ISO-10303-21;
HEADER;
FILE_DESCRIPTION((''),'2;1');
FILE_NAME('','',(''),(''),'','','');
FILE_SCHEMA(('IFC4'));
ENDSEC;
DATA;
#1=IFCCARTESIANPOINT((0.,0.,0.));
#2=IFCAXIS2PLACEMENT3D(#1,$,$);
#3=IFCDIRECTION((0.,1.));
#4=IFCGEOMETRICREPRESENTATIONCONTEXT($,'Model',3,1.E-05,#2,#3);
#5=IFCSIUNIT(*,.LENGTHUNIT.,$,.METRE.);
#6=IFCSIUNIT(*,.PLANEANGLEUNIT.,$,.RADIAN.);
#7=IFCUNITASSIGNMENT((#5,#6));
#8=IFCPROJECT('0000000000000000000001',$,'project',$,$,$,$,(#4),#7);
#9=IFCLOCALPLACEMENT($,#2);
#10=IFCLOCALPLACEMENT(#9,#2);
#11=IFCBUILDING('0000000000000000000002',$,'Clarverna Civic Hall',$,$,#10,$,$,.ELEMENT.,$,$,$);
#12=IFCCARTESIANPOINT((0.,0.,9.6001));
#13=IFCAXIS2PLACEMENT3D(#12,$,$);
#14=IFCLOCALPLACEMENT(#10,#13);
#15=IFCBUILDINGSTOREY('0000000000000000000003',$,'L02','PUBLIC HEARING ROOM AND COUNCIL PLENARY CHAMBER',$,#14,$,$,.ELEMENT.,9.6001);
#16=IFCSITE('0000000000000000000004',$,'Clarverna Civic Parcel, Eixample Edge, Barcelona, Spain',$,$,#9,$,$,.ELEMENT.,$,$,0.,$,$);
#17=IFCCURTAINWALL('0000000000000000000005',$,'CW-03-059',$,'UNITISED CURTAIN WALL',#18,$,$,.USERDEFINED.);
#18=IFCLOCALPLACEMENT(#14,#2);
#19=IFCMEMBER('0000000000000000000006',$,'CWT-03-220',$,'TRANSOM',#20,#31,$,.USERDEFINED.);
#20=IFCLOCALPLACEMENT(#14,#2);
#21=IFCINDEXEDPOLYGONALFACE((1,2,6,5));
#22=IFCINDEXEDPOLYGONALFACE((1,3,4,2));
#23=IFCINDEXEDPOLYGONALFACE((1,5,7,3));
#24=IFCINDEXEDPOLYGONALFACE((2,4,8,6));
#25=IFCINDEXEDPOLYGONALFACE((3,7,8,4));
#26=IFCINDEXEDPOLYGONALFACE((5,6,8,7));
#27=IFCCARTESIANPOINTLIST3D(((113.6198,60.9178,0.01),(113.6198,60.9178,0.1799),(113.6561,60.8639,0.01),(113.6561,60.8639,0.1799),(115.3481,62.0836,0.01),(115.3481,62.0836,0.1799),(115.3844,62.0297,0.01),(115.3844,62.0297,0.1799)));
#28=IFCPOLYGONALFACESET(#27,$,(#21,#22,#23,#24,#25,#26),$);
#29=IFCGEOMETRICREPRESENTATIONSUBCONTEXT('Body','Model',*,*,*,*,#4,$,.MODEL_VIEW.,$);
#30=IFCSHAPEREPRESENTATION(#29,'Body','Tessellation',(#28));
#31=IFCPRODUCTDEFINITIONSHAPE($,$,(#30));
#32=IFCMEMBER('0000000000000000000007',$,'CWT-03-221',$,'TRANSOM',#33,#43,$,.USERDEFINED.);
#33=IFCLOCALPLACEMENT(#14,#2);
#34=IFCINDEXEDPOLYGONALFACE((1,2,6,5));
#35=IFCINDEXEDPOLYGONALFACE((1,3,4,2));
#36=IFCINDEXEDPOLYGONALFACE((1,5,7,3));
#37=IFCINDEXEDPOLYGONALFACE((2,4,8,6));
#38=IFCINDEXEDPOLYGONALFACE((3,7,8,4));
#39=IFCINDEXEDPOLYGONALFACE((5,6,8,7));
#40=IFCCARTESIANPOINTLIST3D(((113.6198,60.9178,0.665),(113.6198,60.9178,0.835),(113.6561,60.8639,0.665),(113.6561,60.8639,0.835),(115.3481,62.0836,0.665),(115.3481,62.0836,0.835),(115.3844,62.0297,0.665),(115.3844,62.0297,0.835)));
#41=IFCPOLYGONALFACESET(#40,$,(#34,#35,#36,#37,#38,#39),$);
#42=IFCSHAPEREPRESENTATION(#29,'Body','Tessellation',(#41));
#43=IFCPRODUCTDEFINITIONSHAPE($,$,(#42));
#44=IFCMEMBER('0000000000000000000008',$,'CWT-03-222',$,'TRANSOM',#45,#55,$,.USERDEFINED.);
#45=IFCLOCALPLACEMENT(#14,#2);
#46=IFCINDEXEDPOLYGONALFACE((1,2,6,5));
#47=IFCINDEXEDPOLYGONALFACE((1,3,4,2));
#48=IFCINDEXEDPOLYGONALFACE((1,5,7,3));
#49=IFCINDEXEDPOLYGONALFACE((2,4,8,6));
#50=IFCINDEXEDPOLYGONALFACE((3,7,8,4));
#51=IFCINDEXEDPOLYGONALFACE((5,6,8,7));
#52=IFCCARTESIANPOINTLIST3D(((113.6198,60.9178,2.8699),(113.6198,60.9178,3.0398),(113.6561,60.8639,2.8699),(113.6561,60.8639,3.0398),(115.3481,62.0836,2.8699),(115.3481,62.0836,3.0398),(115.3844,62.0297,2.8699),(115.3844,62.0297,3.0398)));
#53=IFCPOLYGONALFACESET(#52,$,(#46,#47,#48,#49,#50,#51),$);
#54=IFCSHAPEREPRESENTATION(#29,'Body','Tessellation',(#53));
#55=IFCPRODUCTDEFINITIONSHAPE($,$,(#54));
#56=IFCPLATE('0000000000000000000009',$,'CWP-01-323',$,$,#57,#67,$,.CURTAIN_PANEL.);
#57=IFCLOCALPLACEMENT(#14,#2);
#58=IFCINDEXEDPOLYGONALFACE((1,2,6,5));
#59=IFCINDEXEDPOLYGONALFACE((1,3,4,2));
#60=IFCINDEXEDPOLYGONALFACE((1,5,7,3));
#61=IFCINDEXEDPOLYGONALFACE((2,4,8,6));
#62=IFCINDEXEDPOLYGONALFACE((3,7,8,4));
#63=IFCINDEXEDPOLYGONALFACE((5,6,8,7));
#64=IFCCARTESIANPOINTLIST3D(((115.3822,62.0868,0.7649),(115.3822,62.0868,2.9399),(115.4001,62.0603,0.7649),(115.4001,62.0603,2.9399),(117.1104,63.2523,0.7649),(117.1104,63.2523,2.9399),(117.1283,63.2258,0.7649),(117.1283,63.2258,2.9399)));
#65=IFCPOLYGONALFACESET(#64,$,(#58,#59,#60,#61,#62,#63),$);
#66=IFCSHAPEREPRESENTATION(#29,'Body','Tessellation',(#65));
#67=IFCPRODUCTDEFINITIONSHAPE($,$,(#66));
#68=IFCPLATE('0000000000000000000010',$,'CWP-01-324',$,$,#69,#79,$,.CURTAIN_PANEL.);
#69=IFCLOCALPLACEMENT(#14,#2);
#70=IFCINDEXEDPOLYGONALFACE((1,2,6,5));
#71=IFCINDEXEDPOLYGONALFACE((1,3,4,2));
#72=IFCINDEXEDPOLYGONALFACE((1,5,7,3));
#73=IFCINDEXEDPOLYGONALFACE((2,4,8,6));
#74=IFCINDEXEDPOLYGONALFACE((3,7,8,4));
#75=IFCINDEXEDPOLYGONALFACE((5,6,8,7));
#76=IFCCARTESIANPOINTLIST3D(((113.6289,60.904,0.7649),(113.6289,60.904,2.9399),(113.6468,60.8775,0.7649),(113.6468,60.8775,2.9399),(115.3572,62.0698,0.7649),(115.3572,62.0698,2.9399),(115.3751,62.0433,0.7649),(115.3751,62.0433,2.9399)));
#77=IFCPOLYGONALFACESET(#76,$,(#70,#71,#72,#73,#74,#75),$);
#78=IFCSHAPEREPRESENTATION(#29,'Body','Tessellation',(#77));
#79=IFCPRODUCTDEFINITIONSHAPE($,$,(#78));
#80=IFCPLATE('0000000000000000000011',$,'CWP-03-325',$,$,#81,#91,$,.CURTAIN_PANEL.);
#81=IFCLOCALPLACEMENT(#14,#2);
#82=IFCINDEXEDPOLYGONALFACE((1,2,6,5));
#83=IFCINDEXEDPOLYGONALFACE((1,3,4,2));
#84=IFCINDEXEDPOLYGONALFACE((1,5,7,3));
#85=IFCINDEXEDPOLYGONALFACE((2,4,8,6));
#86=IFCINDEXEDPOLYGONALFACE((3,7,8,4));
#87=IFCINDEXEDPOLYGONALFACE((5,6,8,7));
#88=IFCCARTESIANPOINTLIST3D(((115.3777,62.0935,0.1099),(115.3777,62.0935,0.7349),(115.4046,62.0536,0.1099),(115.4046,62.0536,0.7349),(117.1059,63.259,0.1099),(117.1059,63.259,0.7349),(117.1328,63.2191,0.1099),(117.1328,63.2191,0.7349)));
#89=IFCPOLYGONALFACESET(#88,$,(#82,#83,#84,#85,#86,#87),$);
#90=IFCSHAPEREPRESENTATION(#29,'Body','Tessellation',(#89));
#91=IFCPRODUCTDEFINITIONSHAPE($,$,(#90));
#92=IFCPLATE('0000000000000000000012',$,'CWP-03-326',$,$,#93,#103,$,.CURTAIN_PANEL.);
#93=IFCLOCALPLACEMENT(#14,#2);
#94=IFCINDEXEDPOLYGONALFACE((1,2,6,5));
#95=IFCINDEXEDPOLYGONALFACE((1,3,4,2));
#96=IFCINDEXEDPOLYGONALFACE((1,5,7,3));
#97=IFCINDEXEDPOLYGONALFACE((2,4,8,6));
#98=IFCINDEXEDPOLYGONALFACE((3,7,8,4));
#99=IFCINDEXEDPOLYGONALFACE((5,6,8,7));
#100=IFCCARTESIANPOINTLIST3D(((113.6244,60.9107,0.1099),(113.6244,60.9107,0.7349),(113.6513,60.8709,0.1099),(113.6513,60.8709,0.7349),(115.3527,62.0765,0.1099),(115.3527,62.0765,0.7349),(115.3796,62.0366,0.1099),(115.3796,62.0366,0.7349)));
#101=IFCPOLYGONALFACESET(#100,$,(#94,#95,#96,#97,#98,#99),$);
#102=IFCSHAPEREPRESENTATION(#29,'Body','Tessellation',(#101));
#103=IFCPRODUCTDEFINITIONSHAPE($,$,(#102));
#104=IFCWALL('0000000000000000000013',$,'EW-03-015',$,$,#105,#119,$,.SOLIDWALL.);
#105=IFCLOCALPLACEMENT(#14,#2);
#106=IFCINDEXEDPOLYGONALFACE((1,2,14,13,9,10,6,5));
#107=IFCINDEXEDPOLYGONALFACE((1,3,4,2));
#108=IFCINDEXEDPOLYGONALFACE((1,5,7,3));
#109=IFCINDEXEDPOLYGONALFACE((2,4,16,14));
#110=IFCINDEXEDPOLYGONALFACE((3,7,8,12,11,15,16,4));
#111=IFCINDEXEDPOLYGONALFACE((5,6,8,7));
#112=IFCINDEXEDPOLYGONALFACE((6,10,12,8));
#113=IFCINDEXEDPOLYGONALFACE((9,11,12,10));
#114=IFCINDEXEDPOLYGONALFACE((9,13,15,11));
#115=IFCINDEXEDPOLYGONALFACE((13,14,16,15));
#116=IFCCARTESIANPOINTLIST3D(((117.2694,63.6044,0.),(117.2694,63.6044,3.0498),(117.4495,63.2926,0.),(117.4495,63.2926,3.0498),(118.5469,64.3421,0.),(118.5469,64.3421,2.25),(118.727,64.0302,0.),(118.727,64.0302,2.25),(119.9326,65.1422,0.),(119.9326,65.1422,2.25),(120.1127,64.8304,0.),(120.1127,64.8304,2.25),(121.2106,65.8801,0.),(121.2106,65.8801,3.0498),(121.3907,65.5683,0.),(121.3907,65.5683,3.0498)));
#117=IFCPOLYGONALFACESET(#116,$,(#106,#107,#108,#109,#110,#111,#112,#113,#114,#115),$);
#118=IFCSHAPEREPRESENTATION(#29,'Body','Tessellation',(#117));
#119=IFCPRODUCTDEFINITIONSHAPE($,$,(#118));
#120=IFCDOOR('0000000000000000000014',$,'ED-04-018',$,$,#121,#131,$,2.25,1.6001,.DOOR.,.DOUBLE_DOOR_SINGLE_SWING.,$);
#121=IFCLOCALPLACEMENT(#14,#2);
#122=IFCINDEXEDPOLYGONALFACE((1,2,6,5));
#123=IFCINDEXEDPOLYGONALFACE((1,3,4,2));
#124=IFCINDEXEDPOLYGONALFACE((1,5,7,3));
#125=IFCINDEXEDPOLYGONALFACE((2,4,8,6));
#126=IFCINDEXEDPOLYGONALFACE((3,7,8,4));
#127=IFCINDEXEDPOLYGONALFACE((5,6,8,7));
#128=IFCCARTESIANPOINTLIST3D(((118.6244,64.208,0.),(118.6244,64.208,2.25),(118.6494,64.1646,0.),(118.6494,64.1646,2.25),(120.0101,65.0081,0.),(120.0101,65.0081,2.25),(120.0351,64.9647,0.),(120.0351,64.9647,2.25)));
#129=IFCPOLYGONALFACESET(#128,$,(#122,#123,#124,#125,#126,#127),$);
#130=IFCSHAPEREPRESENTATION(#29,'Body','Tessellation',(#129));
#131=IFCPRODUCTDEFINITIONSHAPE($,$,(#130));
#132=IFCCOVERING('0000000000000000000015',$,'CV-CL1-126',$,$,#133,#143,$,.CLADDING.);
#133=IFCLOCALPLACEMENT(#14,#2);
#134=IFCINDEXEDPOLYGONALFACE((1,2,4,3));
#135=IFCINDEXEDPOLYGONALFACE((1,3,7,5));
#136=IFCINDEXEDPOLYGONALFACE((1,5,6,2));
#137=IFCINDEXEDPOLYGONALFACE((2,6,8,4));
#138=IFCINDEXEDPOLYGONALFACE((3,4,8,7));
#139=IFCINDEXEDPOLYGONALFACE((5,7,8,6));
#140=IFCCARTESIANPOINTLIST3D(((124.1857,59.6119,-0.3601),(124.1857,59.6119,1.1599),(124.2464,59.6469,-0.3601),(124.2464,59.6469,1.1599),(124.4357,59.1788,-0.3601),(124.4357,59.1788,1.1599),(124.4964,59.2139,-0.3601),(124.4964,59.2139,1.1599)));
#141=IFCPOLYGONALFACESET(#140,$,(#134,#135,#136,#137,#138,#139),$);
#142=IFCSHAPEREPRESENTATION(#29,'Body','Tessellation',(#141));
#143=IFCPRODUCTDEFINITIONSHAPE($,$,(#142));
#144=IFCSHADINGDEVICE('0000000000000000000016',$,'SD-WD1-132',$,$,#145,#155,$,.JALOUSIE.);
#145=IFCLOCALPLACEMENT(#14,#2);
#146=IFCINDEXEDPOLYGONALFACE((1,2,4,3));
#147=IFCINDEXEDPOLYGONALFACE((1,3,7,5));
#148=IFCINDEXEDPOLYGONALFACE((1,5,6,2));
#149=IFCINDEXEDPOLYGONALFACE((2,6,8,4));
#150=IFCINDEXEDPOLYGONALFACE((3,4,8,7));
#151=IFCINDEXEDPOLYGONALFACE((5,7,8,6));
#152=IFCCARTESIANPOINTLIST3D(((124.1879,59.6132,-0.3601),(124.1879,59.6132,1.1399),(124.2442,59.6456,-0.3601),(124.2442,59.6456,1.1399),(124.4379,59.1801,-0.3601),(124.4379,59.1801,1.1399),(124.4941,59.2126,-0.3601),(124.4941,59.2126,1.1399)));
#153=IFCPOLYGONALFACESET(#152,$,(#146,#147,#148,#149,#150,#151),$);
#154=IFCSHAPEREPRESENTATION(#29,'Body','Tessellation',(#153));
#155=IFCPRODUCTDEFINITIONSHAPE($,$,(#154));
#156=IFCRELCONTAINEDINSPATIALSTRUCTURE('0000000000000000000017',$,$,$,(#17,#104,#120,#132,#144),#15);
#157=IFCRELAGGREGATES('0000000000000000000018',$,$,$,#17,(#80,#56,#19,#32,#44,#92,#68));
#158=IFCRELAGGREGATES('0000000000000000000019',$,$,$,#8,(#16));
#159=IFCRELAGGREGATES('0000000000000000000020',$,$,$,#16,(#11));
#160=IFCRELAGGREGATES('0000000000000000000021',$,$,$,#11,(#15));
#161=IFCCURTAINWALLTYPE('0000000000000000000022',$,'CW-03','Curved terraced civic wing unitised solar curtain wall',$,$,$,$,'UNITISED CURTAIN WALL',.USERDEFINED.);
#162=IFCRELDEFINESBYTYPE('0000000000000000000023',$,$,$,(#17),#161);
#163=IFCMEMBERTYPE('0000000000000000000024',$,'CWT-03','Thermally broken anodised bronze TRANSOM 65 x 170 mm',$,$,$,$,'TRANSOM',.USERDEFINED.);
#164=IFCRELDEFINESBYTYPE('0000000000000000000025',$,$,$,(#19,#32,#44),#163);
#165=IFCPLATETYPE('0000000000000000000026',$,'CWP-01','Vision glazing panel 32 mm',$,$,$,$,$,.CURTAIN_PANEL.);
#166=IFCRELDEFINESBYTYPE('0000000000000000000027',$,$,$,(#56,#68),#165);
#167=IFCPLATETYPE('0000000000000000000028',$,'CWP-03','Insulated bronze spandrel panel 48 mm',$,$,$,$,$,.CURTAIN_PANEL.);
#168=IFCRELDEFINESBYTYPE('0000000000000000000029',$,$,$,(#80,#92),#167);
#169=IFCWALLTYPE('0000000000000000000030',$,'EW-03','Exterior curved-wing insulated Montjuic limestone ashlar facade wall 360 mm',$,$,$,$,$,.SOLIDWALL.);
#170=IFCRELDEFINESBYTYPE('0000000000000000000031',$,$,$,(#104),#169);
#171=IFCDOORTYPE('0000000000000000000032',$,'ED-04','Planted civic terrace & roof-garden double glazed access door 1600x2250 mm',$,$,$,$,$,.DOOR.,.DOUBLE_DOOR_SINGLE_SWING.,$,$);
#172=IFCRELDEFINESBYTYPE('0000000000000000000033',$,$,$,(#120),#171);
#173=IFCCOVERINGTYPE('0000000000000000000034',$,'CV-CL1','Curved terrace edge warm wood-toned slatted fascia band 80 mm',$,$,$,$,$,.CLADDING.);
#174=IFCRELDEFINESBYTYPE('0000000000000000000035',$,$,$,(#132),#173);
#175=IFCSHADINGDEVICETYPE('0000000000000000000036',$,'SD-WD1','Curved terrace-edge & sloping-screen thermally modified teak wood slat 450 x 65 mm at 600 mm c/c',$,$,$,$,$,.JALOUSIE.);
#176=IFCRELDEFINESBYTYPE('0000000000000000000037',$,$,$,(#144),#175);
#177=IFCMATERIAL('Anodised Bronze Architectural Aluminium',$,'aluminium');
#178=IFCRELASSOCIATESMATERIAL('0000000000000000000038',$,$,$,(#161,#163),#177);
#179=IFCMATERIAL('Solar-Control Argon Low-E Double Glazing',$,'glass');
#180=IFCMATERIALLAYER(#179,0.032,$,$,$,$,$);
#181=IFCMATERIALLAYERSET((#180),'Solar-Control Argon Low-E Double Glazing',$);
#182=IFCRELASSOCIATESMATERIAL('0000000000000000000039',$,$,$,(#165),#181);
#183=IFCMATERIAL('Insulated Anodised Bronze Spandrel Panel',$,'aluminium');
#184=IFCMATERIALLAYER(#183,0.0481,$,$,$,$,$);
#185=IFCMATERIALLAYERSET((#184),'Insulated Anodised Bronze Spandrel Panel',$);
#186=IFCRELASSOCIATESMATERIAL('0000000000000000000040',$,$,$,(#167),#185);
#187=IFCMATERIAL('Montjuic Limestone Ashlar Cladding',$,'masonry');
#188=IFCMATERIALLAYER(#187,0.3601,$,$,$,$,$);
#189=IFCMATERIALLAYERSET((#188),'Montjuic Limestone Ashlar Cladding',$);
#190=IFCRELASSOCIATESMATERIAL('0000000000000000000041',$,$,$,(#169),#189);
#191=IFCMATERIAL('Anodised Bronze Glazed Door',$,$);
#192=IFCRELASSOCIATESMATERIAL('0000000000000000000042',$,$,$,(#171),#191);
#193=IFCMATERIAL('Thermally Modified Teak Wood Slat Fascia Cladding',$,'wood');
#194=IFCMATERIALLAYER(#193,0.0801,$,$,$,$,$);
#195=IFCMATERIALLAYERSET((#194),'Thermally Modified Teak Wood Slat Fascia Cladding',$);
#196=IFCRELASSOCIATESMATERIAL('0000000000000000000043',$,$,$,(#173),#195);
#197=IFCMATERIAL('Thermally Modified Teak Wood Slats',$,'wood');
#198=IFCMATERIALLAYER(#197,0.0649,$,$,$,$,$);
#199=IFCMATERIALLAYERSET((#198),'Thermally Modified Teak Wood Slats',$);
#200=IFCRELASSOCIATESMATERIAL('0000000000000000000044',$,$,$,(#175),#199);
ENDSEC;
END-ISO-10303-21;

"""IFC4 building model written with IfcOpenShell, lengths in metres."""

from ifc_helpers import new_model, si_unit, direction, frame, frame_2d, origin, origin_2d, place, context, subcontext, project, spatial, rectangle, extrude, material, layer, layer_set, material_profile, profile_set, type_object, element, fill, aggregate, save


model = new_model("IFC4")

# Units and contexts
model_context = context("Model", 3, precision=1e-05, world=origin(), true_north=direction((0.0, 1.0)))
body_context = subcontext(model_context, "Body", "Model", "MODEL_VIEW")
ifc_project = project(units=[si_unit("LENGTHUNIT", "METRE"), si_unit("PLANEANGLEUNIT", "RADIAN")], contexts=[model_context])

# Site, building, storey
site_placement = place(None, origin())
site = spatial("IfcSite", under=ifc_project, at=site_placement, Name="Clarverna Civic Parcel, Eixample Edge, Barcelona, Spain", CompositionType="ELEMENT", RefElevation=0.0)
building_placement = place(site_placement, origin())
building = spatial("IfcBuilding", under=site, at=building_placement, Name="Clarverna Civic Hall", CompositionType="ELEMENT")
storey_placement = place(building_placement, frame((0.0, 0.0, 9.6001)))
storey = spatial("IfcBuildingStorey", under=building, at=storey_placement, Name="L02", Description="PUBLIC HEARING ROOM AND COUNCIL PLENARY CHAMBER", CompositionType="ELEMENT", Elevation=9.6001)

# Curtain wall, members, plates
ifc_material_1 = material(Name="Anodised Bronze Architectural Aluminium", Category="aluminium")
curtain_wall_type = type_object("IfcCurtainWallType", Name="CW-03", Description="Curved terraced civic wing unitised solar curtain wall", ElementType="UNITISED CURTAIN WALL", PredefinedType="USERDEFINED", material=ifc_material_1)
curtain_wall_placement = place(storey_placement, origin())
curtain_wall = element("IfcCurtainWall", 1, at=curtain_wall_placement, inside=storey, type_object=curtain_wall_type, Name="CW-03-059", ObjectType="UNITISED CURTAIN WALL", PredefinedType="USERDEFINED")
ifc_material_profile_1 = material_profile(ifc_material_1, rectangle(XDim=0.0649, YDim=0.1699, at=origin_2d()), Name="BRONZE 65x170")
ifc_profile_set_1 = profile_set([ifc_material_profile_1], Name="Anodised Bronze Architectural Aluminium")
member_type_1 = type_object("IfcMemberType", Name="CWT-03", Description="Thermally broken anodised bronze TRANSOM 65 x 170 mm", ElementType="TRANSOM", PredefinedType="USERDEFINED", material=ifc_profile_set_1)
member_1_placement = place(storey_placement, frame((115.3662, 62.0566, 0.095), z_axis=(-0.829029, -0.559205, 0.0), x_axis=(0.559205, -0.829029, 0.0)))
member_1 = element("IfcMember", 2, at=member_1_placement, type_object=member_type_1, Name="CWT-03-220", ObjectType="TRANSOM", PredefinedType="USERDEFINED", context=body_context, shape_type="SweptSolid", body=[
    extrude(rectangle(XDim=0.0649, YDim=0.1699, at=origin_2d()), origin(), (0.0, 0.0, 1.0), 2.0847),
])
member_2_placement = place(storey_placement, frame((115.3662, 62.0566, 0.75), z_axis=(-0.829029, -0.559205, 0.0), x_axis=(0.559205, -0.829029, 0.0)))
member_2 = element("IfcMember", 3, at=member_2_placement, type_object=member_type_1, Name="CWT-03-221", ObjectType="TRANSOM", PredefinedType="USERDEFINED", context=body_context, shape_type="SweptSolid", body=[
    extrude(rectangle(XDim=0.0649, YDim=0.1699, at=origin_2d()), origin(), (0.0, 0.0, 1.0), 2.0847),
])
member_3_placement = place(storey_placement, frame((115.3662, 62.0566, 2.9548), z_axis=(-0.829029, -0.559205, 0.0), x_axis=(0.559205, -0.829029, 0.0)))
member_3 = element("IfcMember", 4, at=member_3_placement, type_object=member_type_1, Name="CWT-03-222", ObjectType="TRANSOM", PredefinedType="USERDEFINED", context=body_context, shape_type="SweptSolid", body=[
    extrude(rectangle(XDim=0.0649, YDim=0.1699, at=origin_2d()), origin(), (0.0, 0.0, 1.0), 2.0847),
])
ifc_material_2 = material(Name="Solar-Control Argon Low-E Double Glazing", Category="glass")
ifc_layer_1 = layer(ifc_material_2, 0.032)
ifc_layer_set_1 = layer_set([ifc_layer_1], Name="Solar-Control Argon Low-E Double Glazing")
plate_type_1 = type_object("IfcPlateType", Name="CWP-01", Description="Vision glazing panel 32 mm", PredefinedType="CURTAIN_PANEL", material=ifc_layer_set_1)
plate_1_placement = place(storey_placement, frame((117.1194, 63.239, 0.7649), z_axis=(0.0, 0.0, 1.0), x_axis=(-0.829083, -0.559125, 0.0)))
plate_1 = element("IfcPlate", 5, at=plate_1_placement, type_object=plate_type_1, Name="CWP-01-323", PredefinedType="CURTAIN_PANEL", context=body_context, shape_type="SweptSolid", body=[
    extrude(rectangle(XDim=2.0845, YDim=0.032, at=frame_2d((1.0422, 0.0))), origin(), (0.0, 0.0, 1.0), 2.175),
])
plate_2_placement = place(storey_placement, frame((115.3662, 62.0566, 0.7649), z_axis=(0.0, 0.0, 1.0), x_axis=(-0.829029, -0.559205, 0.0)))
plate_2 = element("IfcPlate", 6, at=plate_2_placement, type_object=plate_type_1, Name="CWP-01-324", PredefinedType="CURTAIN_PANEL", context=body_context, shape_type="SweptSolid", body=[
    extrude(rectangle(XDim=2.0847, YDim=0.032, at=frame_2d((1.0425, 0.0))), origin(), (0.0, 0.0, 1.0), 2.175),
])
ifc_material_3 = material(Name="Insulated Anodised Bronze Spandrel Panel", Category="aluminium")
ifc_layer_2 = layer(ifc_material_3, 0.0481)
ifc_layer_set_2 = layer_set([ifc_layer_2], Name="Insulated Anodised Bronze Spandrel Panel")
plate_type_2 = type_object("IfcPlateType", Name="CWP-03", Description="Insulated bronze spandrel panel 48 mm", PredefinedType="CURTAIN_PANEL", material=ifc_layer_set_2)
plate_3_placement = place(storey_placement, frame((117.1194, 63.239, 0.1099), z_axis=(0.0, 0.0, 1.0), x_axis=(-0.829083, -0.559125, 0.0)))
plate_3 = element("IfcPlate", 7, at=plate_3_placement, type_object=plate_type_2, Name="CWP-03-325", PredefinedType="CURTAIN_PANEL", context=body_context, shape_type="SweptSolid", body=[
    extrude(rectangle(XDim=2.0845, YDim=0.0481, at=frame_2d((1.0422, 0.0))), origin(), (0.0, 0.0, 1.0), 0.625),
])
plate_4_placement = place(storey_placement, frame((115.3662, 62.0566, 0.1099), z_axis=(0.0, 0.0, 1.0), x_axis=(-0.829029, -0.559205, 0.0)))
plate_4 = element("IfcPlate", 8, at=plate_4_placement, type_object=plate_type_2, Name="CWP-03-326", PredefinedType="CURTAIN_PANEL", context=body_context, shape_type="SweptSolid", body=[
    extrude(rectangle(XDim=2.0847, YDim=0.0481, at=frame_2d((1.0425, 0.0))), origin(), (0.0, 0.0, 1.0), 0.625),
])
aggregate(curtain_wall, [plate_3, plate_1, member_1, member_2, member_3, plate_4, plate_2])

# Wall, opening, door
ifc_material_4 = material(Name="Montjuic Limestone Ashlar Cladding", Category="masonry")
ifc_layer_3 = layer(ifc_material_4, 0.3601)
ifc_layer_set_3 = layer_set([ifc_layer_3], Name="Montjuic Limestone Ashlar Cladding")
wall_type = type_object("IfcWallType", Name="EW-03", Description="Exterior curved-wing insulated Montjuic limestone ashlar facade wall 360 mm", PredefinedType="SOLIDWALL", material=ifc_layer_set_3)
wall_placement = place(storey_placement, frame((121.3005, 65.7241, 0.0), z_axis=(0.0, 0.0, 1.0), x_axis=(-0.866006, -0.500034, 0.0)))
wall = element("IfcWall", 9, at=wall_placement, inside=storey, type_object=wall_type, Name="EW-03-015", PredefinedType="SOLIDWALL", context=body_context, shape_type="SweptSolid", body=[
    extrude(rectangle(XDim=4.551, YDim=0.3601, at=frame_2d((2.2754, 0.0))), origin(), (0.0, 0.0, 1.0), 3.0498),
])
opening_placement = place(wall_placement, frame((1.4756, 0.0, 0.0)))
opening = element("IfcOpeningElement", 10, at=opening_placement, cuts=wall, PredefinedType="OPENING", context=body_context, shape_type="SweptSolid", body=[
    extrude(rectangle(XDim=1.6001, YDim=2.25, at=frame_2d((0.8, 1.125))), frame((0.0, 0.1899, 0.0), z_axis=(0.0, -1.0, 0.0), x_axis=(1.0, 0.0, 0.0)), (0.0, 0.0, 1.0), 0.3801),
])
ifc_material_5 = material(Name="Anodised Bronze Glazed Door")
door_type = type_object("IfcDoorType", Name="ED-04", Description="Planted civic terrace & roof-garden double glazed access door 1600x2250 mm", OperationType="DOUBLE_DOOR_SINGLE_SWING", PredefinedType="DOOR", material=ifc_material_5)
door_placement = place(opening_placement, origin())
door = element("IfcDoor", 11, at=door_placement, inside=storey, type_object=door_type, Name="ED-04-018", OperationType="DOUBLE_DOOR_SINGLE_SWING", OverallHeight=2.25, OverallWidth=1.6001, PredefinedType="DOOR", context=body_context, shape_type="SweptSolid", body=[
    extrude(rectangle(XDim=1.6001, YDim=2.25, at=frame_2d((0.8, 1.125))), frame((0.0, 0.0249, 0.0), z_axis=(0.0, -1.0, 0.0), x_axis=(1.0, 0.0, 0.0)), (0.0, 0.0, 1.0), 0.05),
])
fill(opening, door)

# Covering
ifc_material_6 = material(Name="Thermally Modified Teak Wood Slat Fascia Cladding", Category="wood")
ifc_layer_4 = layer(ifc_material_6, 0.0801)
ifc_layer_set_4 = layer_set([ifc_layer_4], Name="Thermally Modified Teak Wood Slat Fascia Cladding")
covering_type = type_object("IfcCoveringType", Name="CV-CL1", Description="Curved terrace edge warm wood-toned slatted fascia band 80 mm", PredefinedType="CLADDING", material=ifc_layer_set_4)
covering_placement = place(storey_placement, frame((124.2161, 59.6294, -0.3601), z_axis=(0.0, 0.0, 1.0), x_axis=(0.49992, -0.866072, 0.0)))
element("IfcCovering", 12, at=covering_placement, inside=storey, type_object=covering_type, Name="CV-CL1-126", PredefinedType="CLADDING", context=body_context, shape_type="SweptSolid", body=[
    extrude(rectangle(XDim=0.5, YDim=0.0701, at=frame_2d((0.25, 0.0))), origin(), (0.0, 0.0, 1.0), 1.52),
])

# Shading device
ifc_material_7 = material(Name="Thermally Modified Teak Wood Slats", Category="wood")
ifc_layer_5 = layer(ifc_material_7, 0.0649)
ifc_layer_set_5 = layer_set([ifc_layer_5], Name="Thermally Modified Teak Wood Slats")
shading_device_type = type_object("IfcShadingDeviceType", Name="SD-WD1", Description="Curved terrace-edge & sloping-screen thermally modified teak wood slat 450 x 65 mm at 600 mm c/c", PredefinedType="JALOUSIE", material=ifc_layer_set_5)
shading_device_placement = place(storey_placement, frame((124.2161, 59.6294, -0.3601), z_axis=(0.0, 0.0, 1.0), x_axis=(0.49992, -0.866072, 0.0)))
element("IfcShadingDevice", 13, at=shading_device_placement, inside=storey, type_object=shading_device_type, Name="SD-WD1-132", PredefinedType="JALOUSIE", context=body_context, shape_type="SweptSolid", body=[
    extrude(rectangle(XDim=0.5, YDim=0.0649, at=frame_2d((0.25, 0.0))), origin(), (0.0, 0.0, 1.0), 1.5),
])

save(model, "model.ifc")
